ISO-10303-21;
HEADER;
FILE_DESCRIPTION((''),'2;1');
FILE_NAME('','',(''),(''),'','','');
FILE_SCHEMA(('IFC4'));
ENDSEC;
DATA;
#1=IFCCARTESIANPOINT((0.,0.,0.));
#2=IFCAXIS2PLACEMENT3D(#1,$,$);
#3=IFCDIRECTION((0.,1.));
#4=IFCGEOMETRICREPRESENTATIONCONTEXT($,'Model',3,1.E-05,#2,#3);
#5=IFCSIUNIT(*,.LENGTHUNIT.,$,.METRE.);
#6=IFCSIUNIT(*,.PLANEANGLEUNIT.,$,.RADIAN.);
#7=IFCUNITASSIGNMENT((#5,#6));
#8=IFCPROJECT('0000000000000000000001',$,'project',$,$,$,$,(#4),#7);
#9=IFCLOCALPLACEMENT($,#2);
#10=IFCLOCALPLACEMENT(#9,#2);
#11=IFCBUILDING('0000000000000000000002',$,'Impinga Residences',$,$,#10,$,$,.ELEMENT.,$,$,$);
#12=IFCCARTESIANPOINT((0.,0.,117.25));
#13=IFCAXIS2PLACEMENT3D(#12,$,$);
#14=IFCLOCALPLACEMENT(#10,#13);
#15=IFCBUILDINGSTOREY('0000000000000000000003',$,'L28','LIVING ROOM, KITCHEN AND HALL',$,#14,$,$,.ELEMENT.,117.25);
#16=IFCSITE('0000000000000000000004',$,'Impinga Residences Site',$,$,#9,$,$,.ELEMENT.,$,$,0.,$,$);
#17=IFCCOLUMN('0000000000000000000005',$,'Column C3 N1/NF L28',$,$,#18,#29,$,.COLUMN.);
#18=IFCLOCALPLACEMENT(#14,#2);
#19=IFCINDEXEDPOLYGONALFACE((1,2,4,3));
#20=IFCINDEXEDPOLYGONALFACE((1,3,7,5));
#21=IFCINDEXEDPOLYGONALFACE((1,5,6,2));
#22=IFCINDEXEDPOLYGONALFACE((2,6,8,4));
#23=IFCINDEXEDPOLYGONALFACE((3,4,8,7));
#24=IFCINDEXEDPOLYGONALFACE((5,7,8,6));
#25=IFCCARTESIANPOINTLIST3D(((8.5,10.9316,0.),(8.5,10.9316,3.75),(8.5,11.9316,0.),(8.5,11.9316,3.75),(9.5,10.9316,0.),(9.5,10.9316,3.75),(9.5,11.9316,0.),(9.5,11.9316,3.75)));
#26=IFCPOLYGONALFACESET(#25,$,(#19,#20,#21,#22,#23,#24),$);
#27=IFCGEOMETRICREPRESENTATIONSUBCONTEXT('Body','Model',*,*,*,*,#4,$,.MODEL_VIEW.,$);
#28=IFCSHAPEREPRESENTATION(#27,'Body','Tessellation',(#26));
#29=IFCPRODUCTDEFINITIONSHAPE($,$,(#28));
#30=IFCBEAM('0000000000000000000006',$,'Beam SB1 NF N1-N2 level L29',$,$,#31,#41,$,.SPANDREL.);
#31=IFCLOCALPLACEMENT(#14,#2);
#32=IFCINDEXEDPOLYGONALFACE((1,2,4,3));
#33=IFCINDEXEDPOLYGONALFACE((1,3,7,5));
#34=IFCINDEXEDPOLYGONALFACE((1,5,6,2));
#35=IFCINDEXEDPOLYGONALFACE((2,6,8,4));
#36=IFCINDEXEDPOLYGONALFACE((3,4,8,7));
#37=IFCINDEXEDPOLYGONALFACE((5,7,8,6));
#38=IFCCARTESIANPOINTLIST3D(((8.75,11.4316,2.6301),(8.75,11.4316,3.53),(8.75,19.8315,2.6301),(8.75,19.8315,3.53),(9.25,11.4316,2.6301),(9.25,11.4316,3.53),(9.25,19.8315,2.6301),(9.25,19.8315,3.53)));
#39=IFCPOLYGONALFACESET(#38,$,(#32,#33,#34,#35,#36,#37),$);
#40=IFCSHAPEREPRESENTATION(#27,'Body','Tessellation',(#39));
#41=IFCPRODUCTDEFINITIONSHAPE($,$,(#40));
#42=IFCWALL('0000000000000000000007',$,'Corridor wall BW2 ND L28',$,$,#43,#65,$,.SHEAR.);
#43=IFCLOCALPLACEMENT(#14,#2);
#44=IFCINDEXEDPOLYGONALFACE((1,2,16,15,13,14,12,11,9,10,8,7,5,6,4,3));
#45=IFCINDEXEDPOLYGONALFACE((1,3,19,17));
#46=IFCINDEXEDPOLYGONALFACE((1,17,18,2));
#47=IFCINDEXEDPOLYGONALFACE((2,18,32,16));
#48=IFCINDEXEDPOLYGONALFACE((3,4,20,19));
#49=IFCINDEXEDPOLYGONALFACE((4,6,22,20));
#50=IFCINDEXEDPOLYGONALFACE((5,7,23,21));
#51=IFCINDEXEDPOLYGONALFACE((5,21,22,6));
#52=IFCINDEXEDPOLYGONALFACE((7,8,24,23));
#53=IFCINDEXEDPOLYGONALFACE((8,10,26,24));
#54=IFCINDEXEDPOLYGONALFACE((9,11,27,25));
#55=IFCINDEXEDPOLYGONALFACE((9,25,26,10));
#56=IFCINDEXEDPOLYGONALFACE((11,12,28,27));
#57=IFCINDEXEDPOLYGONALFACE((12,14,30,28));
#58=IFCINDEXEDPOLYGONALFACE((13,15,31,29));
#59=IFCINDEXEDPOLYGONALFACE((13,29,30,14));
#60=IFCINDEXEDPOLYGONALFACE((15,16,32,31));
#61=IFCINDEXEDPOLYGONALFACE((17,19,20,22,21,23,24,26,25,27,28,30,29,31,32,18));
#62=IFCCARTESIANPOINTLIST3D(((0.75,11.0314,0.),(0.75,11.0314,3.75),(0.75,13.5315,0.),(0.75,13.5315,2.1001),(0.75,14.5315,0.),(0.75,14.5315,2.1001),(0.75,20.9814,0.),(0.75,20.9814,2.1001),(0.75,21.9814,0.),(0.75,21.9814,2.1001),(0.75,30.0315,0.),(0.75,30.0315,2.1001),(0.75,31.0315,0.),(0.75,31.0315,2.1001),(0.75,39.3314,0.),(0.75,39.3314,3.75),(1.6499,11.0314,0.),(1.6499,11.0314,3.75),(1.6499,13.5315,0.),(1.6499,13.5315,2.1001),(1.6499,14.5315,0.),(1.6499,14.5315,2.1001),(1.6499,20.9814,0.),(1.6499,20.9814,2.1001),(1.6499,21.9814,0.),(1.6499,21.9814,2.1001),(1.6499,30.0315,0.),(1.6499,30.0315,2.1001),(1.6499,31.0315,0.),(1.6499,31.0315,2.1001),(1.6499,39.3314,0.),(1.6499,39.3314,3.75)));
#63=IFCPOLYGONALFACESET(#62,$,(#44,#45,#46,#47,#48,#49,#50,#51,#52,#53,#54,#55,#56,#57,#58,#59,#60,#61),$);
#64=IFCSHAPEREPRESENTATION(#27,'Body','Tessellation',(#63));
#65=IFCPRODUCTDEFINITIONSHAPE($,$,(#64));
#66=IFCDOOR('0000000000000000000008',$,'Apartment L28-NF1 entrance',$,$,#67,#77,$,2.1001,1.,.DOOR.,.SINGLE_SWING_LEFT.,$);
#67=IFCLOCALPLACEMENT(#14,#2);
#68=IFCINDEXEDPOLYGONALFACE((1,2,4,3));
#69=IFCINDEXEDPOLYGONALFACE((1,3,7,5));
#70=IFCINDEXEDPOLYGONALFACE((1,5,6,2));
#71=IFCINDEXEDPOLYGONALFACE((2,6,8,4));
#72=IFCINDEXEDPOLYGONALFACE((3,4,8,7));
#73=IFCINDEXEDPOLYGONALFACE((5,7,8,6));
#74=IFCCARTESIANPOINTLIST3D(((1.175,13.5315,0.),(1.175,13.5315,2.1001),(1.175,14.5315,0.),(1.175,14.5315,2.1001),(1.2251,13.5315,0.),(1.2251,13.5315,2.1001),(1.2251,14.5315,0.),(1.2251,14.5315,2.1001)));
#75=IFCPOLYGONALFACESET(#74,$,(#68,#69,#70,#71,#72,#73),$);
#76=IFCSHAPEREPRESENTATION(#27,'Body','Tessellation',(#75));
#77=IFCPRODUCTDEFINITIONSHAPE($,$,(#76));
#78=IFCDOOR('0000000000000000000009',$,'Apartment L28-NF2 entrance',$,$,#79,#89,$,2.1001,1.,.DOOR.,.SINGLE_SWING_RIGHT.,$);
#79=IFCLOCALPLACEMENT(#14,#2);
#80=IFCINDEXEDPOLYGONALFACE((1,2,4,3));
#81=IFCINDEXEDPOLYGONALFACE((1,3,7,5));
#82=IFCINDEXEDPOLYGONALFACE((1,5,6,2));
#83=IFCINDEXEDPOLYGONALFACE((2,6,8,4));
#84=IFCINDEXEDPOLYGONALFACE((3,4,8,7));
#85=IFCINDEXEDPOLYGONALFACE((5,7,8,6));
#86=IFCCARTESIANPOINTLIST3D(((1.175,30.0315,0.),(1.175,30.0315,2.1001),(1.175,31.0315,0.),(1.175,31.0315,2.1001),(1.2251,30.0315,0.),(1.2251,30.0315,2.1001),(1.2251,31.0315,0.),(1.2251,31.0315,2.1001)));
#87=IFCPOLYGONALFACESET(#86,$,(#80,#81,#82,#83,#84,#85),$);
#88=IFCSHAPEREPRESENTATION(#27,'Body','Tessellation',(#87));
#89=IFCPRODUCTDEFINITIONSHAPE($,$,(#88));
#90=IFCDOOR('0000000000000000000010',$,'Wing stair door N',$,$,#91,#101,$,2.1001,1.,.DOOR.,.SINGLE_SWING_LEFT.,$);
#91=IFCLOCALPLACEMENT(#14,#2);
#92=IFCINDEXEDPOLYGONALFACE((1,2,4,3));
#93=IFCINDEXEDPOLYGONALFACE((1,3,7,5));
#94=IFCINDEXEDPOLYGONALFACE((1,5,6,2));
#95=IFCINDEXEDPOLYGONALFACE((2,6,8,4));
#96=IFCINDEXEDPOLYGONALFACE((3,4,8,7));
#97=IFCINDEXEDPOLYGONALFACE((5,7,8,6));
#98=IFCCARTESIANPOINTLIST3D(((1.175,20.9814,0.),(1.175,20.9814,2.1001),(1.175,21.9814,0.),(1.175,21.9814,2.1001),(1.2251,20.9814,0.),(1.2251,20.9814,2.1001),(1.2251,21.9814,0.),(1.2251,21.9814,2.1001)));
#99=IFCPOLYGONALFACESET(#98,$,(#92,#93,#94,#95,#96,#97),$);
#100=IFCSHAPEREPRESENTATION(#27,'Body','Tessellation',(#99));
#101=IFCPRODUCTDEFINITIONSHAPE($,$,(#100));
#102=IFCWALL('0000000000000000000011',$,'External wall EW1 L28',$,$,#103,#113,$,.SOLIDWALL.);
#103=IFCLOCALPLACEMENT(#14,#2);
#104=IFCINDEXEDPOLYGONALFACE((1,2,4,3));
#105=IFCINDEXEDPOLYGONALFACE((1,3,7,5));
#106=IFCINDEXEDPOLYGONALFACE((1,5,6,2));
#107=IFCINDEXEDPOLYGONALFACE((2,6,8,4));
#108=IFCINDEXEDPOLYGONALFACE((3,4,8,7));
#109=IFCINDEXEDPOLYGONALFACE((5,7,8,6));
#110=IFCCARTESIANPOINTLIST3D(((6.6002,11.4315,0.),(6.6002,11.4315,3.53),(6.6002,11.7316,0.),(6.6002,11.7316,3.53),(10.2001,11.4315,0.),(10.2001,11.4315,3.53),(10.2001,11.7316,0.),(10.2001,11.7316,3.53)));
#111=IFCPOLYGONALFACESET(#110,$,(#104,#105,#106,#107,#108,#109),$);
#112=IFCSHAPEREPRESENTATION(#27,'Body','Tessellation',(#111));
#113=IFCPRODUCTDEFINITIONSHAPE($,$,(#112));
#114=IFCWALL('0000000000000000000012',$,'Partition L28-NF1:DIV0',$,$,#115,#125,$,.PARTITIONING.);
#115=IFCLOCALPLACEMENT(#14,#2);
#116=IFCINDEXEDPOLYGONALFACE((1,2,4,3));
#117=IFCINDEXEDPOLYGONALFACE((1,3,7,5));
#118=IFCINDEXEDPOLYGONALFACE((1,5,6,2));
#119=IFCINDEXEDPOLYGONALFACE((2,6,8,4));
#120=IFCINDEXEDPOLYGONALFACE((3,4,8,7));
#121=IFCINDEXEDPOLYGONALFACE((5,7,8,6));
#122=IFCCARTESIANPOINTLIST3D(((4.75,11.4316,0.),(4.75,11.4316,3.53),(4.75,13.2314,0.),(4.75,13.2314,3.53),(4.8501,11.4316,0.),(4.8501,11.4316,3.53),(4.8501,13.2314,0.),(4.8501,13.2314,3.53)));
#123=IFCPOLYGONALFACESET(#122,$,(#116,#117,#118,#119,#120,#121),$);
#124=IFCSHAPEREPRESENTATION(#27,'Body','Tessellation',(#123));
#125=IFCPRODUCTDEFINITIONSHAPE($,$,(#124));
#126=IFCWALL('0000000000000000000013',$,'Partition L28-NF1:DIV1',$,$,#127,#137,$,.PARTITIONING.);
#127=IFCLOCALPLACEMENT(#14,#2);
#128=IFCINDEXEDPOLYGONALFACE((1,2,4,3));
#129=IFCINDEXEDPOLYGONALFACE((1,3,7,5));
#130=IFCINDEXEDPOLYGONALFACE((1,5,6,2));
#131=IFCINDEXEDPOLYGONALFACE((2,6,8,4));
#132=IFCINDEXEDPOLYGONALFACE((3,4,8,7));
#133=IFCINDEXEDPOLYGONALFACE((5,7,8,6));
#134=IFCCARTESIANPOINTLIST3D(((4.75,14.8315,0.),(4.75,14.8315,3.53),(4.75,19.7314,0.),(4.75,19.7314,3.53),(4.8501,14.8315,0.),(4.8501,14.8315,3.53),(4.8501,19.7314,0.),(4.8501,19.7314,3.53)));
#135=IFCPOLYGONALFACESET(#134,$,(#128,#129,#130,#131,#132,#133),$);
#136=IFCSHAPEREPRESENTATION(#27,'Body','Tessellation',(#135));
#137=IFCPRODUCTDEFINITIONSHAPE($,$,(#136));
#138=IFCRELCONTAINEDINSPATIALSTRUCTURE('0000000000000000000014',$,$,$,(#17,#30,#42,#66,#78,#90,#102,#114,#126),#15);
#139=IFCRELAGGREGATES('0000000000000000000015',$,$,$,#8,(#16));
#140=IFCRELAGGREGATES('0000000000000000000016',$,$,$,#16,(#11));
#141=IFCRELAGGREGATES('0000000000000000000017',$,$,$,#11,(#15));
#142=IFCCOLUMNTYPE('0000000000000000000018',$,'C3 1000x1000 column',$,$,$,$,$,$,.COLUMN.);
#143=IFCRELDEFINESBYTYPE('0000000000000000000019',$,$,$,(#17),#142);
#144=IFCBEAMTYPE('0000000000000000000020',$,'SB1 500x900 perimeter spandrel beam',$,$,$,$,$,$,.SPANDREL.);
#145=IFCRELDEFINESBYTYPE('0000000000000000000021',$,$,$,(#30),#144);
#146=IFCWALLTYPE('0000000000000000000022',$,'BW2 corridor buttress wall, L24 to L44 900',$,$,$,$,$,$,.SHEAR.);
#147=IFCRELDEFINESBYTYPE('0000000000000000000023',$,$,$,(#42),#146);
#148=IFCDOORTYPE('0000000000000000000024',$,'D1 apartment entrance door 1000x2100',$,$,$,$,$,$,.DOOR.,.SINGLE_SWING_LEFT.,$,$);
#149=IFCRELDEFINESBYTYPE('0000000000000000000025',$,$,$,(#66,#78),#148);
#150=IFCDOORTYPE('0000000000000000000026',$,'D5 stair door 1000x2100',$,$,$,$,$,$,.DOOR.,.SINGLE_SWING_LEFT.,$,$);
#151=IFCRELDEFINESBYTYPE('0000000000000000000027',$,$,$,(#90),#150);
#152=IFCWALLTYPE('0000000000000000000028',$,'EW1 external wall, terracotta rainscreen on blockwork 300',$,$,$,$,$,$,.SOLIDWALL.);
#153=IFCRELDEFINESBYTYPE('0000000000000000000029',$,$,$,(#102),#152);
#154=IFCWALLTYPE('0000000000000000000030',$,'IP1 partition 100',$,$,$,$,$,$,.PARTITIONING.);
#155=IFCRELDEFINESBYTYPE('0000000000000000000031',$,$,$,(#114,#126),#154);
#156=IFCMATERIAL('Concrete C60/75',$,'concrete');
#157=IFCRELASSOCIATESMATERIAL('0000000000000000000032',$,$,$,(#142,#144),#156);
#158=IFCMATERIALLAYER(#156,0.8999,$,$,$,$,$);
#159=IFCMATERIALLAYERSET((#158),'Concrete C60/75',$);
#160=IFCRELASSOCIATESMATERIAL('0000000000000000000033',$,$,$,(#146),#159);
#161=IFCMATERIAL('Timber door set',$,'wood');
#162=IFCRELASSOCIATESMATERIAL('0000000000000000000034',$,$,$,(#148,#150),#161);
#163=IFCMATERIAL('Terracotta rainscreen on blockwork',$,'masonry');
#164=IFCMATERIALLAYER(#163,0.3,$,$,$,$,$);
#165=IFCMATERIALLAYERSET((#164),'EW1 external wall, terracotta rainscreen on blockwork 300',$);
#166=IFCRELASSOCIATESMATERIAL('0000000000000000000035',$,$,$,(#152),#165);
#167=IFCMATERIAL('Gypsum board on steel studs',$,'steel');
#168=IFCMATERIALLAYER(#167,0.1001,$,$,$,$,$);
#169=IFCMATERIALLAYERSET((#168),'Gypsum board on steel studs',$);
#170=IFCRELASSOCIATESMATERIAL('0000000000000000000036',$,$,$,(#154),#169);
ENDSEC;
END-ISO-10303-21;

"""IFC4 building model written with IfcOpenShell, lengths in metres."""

from ifc_helpers import new_model, si_unit, direction, frame, frame_2d, origin, origin_2d, place, context, subcontext, project, spatial, rectangle, extrude, material, layer, layer_set, material_profile, profile_set, type_object, element, fill, save


model = new_model("IFC4")

# Units and contexts
model_context = context("Model", 3, precision=1e-05, world=origin(), true_north=direction((0.0, 1.0)))
body_context = subcontext(model_context, "Body", "Model", "MODEL_VIEW")
ifc_project = project(units=[si_unit("LENGTHUNIT", "METRE"), si_unit("PLANEANGLEUNIT", "RADIAN")], contexts=[model_context])

# Site, building, storey
site_placement = place(None, origin())
site = spatial("IfcSite", under=ifc_project, at=site_placement, Name="Impinga Residences Site", CompositionType="ELEMENT", RefElevation=0.0)
building_placement = place(site_placement, origin())
building = spatial("IfcBuilding", under=site, at=building_placement, Name="Impinga Residences", CompositionType="ELEMENT")
storey_placement = place(building_placement, frame((0.0, 0.0, 117.25)))
storey = spatial("IfcBuildingStorey", under=building, at=storey_placement, Name="L28", Description="LIVING ROOM, KITCHEN AND HALL", CompositionType="ELEMENT", Elevation=117.25)

# Column
ifc_material_1 = material(Name="Concrete C60/75", Category="concrete")
ifc_material_profile_1 = material_profile(ifc_material_1, rectangle(XDim=1.0, YDim=1.0, at=origin_2d()), Name="RC 1000x1000")
ifc_profile_set_1 = profile_set([ifc_material_profile_1], Name="Concrete C60/75")
column_type = type_object("IfcColumnType", Name="C3 1000x1000 column", PredefinedType="COLUMN", material=ifc_profile_set_1)
column_placement = place(storey_placement, frame((9.0, 11.4316, 0.0), z_axis=(0.0, 0.0, 1.0), x_axis=(1.0, 0.0, 0.0)))
element("IfcColumn", 1, at=column_placement, inside=storey, type_object=column_type, Name="Column C3 N1/NF L28", PredefinedType="COLUMN", context=body_context, shape_type="SweptSolid", body=[
    extrude(rectangle(XDim=1.0, YDim=1.0, at=origin_2d()), origin(), (0.0, 0.0, 1.0), 3.75),
])

# Beam
ifc_material_profile_2 = material_profile(ifc_material_1, rectangle(XDim=0.5, YDim=0.8999, at=origin_2d()), Name="RC 500x900")
ifc_profile_set_2 = profile_set([ifc_material_profile_2], Name="Concrete C60/75")
beam_type = type_object("IfcBeamType", Name="SB1 500x900 perimeter spandrel beam", PredefinedType="SPANDREL", material=ifc_profile_set_2)
beam_placement = place(storey_placement, frame((9.0, 11.4316, 3.0801), z_axis=(0.0, 1.0, 0.0), x_axis=(-1.0, 0.0, 0.0)))
element("IfcBeam", 2, at=beam_placement, inside=storey, type_object=beam_type, Name="Beam SB1 NF N1-N2 level L29", PredefinedType="SPANDREL", context=body_context, shape_type="SweptSolid", body=[
    extrude(rectangle(XDim=0.5, YDim=0.8999, at=origin_2d()), origin(), (0.0, 0.0, 1.0), 8.3999),
])

# Wall, openings, doors
ifc_layer_1 = layer(ifc_material_1, 0.8999)
ifc_layer_set_1 = layer_set([ifc_layer_1], Name="Concrete C60/75")
wall_type_1 = type_object("IfcWallType", Name="BW2 corridor buttress wall, L24 to L44 900", PredefinedType="SHEAR", material=ifc_layer_set_1)
wall_1_placement = place(storey_placement, frame((1.2, 11.0315, 0.0), z_axis=(0.0, 0.0, 1.0), x_axis=(0.0, 1.0, 0.0)))
wall_1 = element("IfcWall", 3, at=wall_1_placement, inside=storey, type_object=wall_type_1, Name="Corridor wall BW2 ND L28", PredefinedType="SHEAR", context=body_context, shape_type="SweptSolid", body=[
    extrude(rectangle(XDim=28.3, YDim=0.8999, at=frame_2d((14.1499, 0.0))), origin(), (0.0, 0.0, 1.0), 3.75),
])
opening_1_placement = place(wall_1_placement, frame((9.95, 0.0, 0.0)))
opening_1 = element("IfcOpeningElement", 4, at=opening_1_placement, cuts=wall_1, PredefinedType="OPENING", context=body_context, shape_type="SweptSolid", body=[
    extrude(rectangle(XDim=1.0, YDim=2.1001, at=frame_2d((0.5, 1.05))), frame((0.0, 0.46, 0.0), z_axis=(0.0, -1.0, 0.0), x_axis=(1.0, 0.0, 0.0)), (0.0, 0.0, 1.0), 0.9199),
])
opening_2_placement = place(wall_1_placement, frame((2.5, 0.0, 0.0)))
opening_2 = element("IfcOpeningElement", 5, at=opening_2_placement, cuts=wall_1, PredefinedType="OPENING", context=body_context, shape_type="SweptSolid", body=[
    extrude(rectangle(XDim=1.0, YDim=2.1001, at=frame_2d((0.5, 1.05))), frame((0.0, 0.46, 0.0), z_axis=(0.0, -1.0, 0.0), x_axis=(1.0, 0.0, 0.0)), (0.0, 0.0, 1.0), 0.9199),
])
opening_3_placement = place(wall_1_placement, frame((19.0, 0.0, 0.0)))
opening_3 = element("IfcOpeningElement", 6, at=opening_3_placement, cuts=wall_1, PredefinedType="OPENING", context=body_context, shape_type="SweptSolid", body=[
    extrude(rectangle(XDim=1.0, YDim=2.1001, at=frame_2d((0.5, 1.05))), frame((0.0, 0.46, 0.0), z_axis=(0.0, -1.0, 0.0), x_axis=(1.0, 0.0, 0.0)), (0.0, 0.0, 1.0), 0.9199),
])
ifc_material_2 = material(Name="Timber door set", Category="wood")
door_type_1 = type_object("IfcDoorType", Name="D1 apartment entrance door 1000x2100", OperationType="SINGLE_SWING_LEFT", PredefinedType="DOOR", material=ifc_material_2)
door_1_placement = place(opening_2_placement, origin())
door_1 = element("IfcDoor", 7, at=door_1_placement, inside=storey, type_object=door_type_1, Name="Apartment L28-NF1 entrance", OperationType="SINGLE_SWING_LEFT", OverallHeight=2.1001, OverallWidth=1.0, PredefinedType="DOOR", context=body_context, shape_type="SweptSolid", body=[
    extrude(rectangle(XDim=1.0, YDim=2.1001, at=frame_2d((0.5, 1.05))), frame((0.0, 0.0249, 0.0), z_axis=(0.0, -1.0, 0.0), x_axis=(1.0, 0.0, 0.0)), (0.0, 0.0, 1.0), 0.05),
])
fill(opening_2, door_1)
door_2_placement = place(opening_3_placement, origin())
door_2 = element("IfcDoor", 8, at=door_2_placement, inside=storey, type_object=door_type_1, Name="Apartment L28-NF2 entrance", OperationType="SINGLE_SWING_RIGHT", OverallHeight=2.1001, OverallWidth=1.0, PredefinedType="DOOR", context=body_context, shape_type="SweptSolid", body=[
    extrude(rectangle(XDim=1.0, YDim=2.1001, at=frame_2d((0.5, 1.05))), frame((0.0, 0.0249, 0.0), z_axis=(0.0, -1.0, 0.0), x_axis=(1.0, 0.0, 0.0)), (0.0, 0.0, 1.0), 0.05),
])
fill(opening_3, door_2)
door_type_2 = type_object("IfcDoorType", Name="D5 stair door 1000x2100", OperationType="SINGLE_SWING_LEFT", PredefinedType="DOOR", material=ifc_material_2)
door_3_placement = place(opening_1_placement, origin())
door_3 = element("IfcDoor", 9, at=door_3_placement, inside=storey, type_object=door_type_2, Name="Wing stair door N", OperationType="SINGLE_SWING_LEFT", OverallHeight=2.1001, OverallWidth=1.0, PredefinedType="DOOR", context=body_context, shape_type="SweptSolid", body=[
    extrude(rectangle(XDim=1.0, YDim=2.1001, at=frame_2d((0.5, 1.05))), frame((0.0, 0.0249, 0.0), z_axis=(0.0, -1.0, 0.0), x_axis=(1.0, 0.0, 0.0)), (0.0, 0.0, 1.0), 0.05),
])
fill(opening_1, door_3)

# Walls
ifc_material_3 = material(Name="Terracotta rainscreen on blockwork", Category="masonry")
ifc_layer_2 = layer(ifc_material_3, 0.3)
ifc_layer_set_2 = layer_set([ifc_layer_2], Name="EW1 external wall, terracotta rainscreen on blockwork 300")
wall_type_2 = type_object("IfcWallType", Name="EW1 external wall, terracotta rainscreen on blockwork 300", PredefinedType="SOLIDWALL", material=ifc_layer_set_2)
wall_2_placement = place(storey_placement, frame((10.2, 11.5815, 0.0), z_axis=(0.0, 0.0, 1.0), x_axis=(-1.0, 0.0, 0.0)))
element("IfcWall", 10, at=wall_2_placement, inside=storey, type_object=wall_type_2, Name="External wall EW1 L28", PredefinedType="SOLIDWALL", context=body_context, shape_type="SweptSolid", body=[
    extrude(rectangle(XDim=3.5999, YDim=0.3, at=frame_2d((1.7998, 0.0))), origin(), (0.0, 0.0, 1.0), 3.53),
])
ifc_material_4 = material(Name="Gypsum board on steel studs", Category="steel")
ifc_layer_3 = layer(ifc_material_4, 0.1001)
ifc_layer_set_3 = layer_set([ifc_layer_3], Name="Gypsum board on steel studs")
wall_type_3 = type_object("IfcWallType", Name="IP1 partition 100", PredefinedType="PARTITIONING", material=ifc_layer_set_3)
wall_3_placement = place(storey_placement, frame((4.8, 11.4316, 0.0), z_axis=(0.0, 0.0, 1.0), x_axis=(0.0, 1.0, 0.0)))
element("IfcWall", 11, at=wall_3_placement, inside=storey, type_object=wall_type_3, Name="Partition L28-NF1:DIV0", PredefinedType="PARTITIONING", context=body_context, shape_type="SweptSolid", body=[
    extrude(rectangle(XDim=1.7998, YDim=0.1001, at=frame_2d((0.8999, 0.0))), origin(), (0.0, 0.0, 1.0), 3.53),
])
wall_4_placement = place(storey_placement, frame((4.8, 14.8315, 0.0), z_axis=(0.0, 0.0, 1.0), x_axis=(0.0, 1.0, 0.0)))
element("IfcWall", 12, at=wall_4_placement, inside=storey, type_object=wall_type_3, Name="Partition L28-NF1:DIV1", PredefinedType="PARTITIONING", context=body_context, shape_type="SweptSolid", body=[
    extrude(rectangle(XDim=4.8999, YDim=0.1001, at=frame_2d((2.45, 0.0))), origin(), (0.0, 0.0, 1.0), 3.53),
])

save(model, "model.ifc")
